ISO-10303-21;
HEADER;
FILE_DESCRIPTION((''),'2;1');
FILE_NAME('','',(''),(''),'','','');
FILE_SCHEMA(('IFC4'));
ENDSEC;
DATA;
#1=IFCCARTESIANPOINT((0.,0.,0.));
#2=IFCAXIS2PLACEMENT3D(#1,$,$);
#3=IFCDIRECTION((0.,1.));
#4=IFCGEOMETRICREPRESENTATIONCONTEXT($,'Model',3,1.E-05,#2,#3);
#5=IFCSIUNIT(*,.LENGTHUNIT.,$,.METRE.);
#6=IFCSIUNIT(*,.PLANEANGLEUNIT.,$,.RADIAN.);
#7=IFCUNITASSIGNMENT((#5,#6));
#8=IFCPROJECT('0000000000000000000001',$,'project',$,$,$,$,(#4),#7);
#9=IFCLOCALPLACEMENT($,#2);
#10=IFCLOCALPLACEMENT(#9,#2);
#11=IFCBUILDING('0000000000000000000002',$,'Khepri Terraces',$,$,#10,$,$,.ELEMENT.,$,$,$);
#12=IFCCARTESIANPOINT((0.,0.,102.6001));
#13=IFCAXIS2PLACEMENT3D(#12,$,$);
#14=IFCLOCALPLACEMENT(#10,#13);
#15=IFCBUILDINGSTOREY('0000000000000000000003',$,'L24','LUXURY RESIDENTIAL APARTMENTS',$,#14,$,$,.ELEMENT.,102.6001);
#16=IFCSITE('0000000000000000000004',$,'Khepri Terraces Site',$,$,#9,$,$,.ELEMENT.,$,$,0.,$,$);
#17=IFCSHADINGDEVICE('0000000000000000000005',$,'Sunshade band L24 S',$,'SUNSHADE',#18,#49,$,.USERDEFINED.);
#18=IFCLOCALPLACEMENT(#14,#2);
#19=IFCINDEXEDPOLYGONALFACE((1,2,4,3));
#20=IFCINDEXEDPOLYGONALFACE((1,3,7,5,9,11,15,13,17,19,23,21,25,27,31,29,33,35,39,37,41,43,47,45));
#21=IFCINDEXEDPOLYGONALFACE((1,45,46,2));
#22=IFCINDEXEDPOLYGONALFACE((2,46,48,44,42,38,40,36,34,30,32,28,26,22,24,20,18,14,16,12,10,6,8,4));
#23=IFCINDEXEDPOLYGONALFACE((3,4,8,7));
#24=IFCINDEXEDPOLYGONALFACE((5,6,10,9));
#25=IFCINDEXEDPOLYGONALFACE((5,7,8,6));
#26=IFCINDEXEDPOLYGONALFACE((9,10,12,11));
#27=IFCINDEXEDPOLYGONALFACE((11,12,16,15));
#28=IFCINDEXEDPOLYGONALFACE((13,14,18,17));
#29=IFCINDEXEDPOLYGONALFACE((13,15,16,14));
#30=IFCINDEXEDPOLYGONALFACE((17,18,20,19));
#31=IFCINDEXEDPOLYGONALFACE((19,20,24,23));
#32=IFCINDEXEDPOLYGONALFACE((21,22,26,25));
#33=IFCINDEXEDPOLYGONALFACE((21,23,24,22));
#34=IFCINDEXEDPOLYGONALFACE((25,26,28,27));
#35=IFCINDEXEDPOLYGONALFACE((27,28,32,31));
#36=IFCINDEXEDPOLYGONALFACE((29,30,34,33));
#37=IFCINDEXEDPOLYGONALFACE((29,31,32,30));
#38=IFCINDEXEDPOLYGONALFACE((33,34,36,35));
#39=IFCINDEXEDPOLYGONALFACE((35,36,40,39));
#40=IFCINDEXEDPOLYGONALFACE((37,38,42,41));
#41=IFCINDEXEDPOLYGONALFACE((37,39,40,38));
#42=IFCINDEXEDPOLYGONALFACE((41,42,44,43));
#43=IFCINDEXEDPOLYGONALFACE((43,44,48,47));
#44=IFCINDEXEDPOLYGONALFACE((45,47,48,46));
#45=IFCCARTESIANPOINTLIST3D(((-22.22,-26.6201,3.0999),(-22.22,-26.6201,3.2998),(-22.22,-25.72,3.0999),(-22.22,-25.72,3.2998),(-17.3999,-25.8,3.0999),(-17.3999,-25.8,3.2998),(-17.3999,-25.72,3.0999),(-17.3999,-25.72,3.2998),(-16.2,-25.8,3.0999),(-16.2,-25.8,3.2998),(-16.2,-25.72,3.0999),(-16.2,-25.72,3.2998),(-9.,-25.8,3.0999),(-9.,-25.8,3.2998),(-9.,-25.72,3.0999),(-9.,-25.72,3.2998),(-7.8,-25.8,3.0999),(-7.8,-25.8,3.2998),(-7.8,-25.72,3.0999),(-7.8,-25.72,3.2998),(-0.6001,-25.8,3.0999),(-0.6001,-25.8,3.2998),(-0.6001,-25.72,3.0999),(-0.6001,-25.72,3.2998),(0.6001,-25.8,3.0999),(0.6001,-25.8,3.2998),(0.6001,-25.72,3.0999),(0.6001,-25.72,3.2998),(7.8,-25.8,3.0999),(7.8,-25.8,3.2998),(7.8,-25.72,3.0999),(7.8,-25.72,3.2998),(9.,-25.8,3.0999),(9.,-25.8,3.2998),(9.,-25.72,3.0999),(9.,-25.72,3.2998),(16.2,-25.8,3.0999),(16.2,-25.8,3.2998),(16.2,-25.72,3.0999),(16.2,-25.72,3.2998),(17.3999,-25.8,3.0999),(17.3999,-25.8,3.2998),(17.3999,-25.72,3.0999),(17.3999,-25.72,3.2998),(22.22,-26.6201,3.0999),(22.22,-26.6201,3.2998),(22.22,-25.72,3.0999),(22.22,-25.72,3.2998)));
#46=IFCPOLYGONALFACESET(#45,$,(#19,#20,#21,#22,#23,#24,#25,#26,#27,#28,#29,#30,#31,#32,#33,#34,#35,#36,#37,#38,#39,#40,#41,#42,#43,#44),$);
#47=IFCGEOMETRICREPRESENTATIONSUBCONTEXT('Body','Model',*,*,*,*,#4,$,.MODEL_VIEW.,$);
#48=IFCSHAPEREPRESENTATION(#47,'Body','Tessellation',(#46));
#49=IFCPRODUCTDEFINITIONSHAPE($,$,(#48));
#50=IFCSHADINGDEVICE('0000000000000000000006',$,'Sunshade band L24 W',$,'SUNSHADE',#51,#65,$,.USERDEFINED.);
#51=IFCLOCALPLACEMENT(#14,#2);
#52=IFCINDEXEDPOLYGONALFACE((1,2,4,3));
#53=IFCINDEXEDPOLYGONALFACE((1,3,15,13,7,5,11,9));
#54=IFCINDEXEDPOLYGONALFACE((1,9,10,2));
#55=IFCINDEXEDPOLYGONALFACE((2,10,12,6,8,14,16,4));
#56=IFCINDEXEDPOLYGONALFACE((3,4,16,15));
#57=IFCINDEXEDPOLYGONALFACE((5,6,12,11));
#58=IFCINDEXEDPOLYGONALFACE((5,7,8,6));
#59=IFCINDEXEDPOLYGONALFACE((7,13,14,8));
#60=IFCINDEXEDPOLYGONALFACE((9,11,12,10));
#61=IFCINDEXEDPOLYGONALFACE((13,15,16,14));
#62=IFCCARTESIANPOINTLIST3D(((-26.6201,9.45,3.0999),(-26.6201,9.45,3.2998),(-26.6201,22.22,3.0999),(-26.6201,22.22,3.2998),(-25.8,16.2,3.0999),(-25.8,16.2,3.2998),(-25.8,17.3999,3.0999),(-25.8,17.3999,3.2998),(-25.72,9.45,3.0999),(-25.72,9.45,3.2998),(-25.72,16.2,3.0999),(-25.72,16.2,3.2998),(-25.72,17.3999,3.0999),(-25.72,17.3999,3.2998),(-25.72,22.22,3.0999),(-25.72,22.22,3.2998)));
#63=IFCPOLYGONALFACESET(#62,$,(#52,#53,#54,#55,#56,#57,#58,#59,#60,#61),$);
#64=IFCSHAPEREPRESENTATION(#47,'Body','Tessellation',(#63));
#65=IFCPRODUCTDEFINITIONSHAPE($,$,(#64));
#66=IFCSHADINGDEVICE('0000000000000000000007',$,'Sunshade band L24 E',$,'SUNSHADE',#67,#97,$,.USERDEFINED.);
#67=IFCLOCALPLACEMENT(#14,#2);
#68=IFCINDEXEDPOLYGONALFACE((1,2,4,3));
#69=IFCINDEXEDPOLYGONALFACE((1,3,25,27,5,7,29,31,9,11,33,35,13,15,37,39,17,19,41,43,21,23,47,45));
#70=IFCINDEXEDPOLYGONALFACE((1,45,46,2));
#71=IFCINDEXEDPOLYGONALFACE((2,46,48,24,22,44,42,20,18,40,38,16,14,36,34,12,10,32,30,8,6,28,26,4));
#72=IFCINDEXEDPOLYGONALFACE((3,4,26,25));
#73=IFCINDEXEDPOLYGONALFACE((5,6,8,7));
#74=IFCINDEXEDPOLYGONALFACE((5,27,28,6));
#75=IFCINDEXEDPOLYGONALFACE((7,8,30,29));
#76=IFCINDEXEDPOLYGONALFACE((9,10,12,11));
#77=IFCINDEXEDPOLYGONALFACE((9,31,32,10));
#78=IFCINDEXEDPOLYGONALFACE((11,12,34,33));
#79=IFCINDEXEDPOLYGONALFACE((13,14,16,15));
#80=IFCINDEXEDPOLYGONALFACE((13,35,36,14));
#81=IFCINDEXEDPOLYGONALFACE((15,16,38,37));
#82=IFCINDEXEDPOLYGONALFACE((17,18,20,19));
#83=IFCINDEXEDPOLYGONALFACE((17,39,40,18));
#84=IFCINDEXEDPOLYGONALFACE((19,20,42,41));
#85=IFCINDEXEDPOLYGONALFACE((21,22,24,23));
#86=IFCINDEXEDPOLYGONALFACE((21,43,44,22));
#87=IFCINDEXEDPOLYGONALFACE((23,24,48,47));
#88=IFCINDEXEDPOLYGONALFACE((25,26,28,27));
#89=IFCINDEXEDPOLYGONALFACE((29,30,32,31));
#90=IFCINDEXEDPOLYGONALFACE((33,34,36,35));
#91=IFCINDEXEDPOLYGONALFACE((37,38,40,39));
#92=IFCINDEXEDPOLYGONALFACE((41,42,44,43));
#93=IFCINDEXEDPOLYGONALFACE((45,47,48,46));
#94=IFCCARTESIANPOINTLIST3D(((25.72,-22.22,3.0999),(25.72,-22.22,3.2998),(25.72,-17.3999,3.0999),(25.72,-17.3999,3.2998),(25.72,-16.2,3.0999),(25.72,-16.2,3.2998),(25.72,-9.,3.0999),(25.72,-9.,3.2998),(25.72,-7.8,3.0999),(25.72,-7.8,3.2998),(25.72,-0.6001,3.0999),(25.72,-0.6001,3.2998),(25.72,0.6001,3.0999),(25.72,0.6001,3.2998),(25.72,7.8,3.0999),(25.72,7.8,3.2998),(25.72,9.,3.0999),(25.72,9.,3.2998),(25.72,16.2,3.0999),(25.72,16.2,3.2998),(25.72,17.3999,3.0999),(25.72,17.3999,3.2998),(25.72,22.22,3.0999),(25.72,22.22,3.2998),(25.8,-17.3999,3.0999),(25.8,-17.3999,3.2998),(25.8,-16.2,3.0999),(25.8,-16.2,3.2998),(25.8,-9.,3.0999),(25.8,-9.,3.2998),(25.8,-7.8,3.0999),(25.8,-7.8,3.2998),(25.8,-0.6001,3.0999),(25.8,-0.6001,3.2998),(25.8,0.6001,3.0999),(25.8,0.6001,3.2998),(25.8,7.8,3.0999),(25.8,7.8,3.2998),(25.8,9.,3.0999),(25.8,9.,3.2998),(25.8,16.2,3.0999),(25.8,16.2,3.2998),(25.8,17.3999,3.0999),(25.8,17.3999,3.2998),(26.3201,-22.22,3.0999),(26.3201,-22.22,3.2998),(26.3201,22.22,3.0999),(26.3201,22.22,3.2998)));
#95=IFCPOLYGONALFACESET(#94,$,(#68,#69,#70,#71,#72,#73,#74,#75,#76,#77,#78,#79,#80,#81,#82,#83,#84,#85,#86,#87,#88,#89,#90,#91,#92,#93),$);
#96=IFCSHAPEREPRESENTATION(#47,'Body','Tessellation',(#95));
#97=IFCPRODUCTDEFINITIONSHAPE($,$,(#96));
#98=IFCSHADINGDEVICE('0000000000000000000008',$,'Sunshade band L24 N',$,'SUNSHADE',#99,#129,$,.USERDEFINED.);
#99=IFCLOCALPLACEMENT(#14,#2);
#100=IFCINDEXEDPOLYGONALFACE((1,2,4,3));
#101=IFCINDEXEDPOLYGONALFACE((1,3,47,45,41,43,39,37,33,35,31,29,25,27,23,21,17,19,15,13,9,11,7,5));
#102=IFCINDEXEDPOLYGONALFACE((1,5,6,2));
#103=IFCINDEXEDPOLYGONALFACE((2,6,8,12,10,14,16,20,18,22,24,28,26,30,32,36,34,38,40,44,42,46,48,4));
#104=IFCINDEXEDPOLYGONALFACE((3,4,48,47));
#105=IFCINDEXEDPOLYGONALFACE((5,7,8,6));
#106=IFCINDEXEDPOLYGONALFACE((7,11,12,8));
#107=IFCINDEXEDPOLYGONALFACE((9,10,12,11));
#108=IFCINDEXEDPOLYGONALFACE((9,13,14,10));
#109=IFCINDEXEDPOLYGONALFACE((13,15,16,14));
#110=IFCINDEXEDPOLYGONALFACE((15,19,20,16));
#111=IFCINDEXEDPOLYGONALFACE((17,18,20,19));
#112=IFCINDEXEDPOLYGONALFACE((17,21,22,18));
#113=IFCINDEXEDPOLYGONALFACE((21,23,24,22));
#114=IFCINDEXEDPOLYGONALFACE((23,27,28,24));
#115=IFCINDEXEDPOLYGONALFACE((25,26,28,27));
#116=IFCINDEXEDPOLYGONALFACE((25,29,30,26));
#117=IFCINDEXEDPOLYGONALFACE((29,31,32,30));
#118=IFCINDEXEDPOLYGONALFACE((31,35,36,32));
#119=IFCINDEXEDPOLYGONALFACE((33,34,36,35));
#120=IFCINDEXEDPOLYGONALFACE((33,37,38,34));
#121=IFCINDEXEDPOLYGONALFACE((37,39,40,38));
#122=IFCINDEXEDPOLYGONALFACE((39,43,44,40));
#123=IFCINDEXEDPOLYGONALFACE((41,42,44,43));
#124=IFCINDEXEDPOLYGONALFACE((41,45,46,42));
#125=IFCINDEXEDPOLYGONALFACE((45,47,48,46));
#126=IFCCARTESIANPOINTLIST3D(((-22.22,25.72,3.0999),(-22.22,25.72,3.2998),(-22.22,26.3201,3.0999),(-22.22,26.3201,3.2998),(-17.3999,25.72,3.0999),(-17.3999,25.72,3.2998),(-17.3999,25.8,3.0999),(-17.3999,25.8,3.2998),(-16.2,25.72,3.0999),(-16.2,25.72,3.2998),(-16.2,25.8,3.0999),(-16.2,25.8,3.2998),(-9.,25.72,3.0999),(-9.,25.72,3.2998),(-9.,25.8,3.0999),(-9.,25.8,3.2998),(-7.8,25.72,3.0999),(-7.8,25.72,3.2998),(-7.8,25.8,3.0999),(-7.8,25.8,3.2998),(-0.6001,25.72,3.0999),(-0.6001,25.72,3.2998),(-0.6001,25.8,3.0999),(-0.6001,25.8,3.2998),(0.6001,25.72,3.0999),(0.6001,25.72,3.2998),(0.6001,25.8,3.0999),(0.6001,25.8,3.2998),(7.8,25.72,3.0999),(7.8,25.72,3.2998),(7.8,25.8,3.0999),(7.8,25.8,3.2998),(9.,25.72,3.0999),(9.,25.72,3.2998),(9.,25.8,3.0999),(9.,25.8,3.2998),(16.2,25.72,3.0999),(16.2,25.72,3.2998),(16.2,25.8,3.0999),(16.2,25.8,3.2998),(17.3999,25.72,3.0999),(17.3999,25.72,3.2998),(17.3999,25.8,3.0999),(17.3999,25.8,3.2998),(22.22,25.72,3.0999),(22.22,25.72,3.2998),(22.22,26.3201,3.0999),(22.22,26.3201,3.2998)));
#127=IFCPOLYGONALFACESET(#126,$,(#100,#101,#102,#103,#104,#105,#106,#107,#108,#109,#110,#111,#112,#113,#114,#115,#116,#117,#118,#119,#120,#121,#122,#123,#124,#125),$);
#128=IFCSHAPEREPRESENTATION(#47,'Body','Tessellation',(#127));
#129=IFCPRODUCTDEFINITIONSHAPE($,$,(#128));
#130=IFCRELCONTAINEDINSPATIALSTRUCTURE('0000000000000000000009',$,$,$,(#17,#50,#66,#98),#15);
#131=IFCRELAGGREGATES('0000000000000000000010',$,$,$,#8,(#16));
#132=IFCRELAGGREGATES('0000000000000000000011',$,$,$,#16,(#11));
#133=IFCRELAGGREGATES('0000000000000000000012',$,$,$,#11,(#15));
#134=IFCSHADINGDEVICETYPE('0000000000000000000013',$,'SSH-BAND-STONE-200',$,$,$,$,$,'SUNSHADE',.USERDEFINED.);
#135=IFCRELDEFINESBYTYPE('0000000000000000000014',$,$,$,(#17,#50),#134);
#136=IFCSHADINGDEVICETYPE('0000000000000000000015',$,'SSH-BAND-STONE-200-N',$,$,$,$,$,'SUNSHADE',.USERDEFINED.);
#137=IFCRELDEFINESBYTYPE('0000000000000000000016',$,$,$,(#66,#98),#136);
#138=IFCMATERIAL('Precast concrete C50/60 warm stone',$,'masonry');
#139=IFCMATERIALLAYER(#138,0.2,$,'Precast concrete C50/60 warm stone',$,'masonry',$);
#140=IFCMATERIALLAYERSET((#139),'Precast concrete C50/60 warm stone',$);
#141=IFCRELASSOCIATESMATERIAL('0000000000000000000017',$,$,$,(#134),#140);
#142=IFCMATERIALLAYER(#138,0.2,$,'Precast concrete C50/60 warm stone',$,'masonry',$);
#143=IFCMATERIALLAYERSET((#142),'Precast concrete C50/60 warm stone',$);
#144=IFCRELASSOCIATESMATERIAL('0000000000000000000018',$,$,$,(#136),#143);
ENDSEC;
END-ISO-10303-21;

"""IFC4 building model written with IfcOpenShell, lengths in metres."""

from ifc_helpers import new_model, si_unit, direction, frame, origin, place, context, subcontext, project, spatial, polyline, outline, extrude, material, layer, layer_set, type_object, element, save


model = new_model("IFC4")

# Units and contexts
model_context = context("Model", 3, precision=1e-05, world=origin(), true_north=direction((0.0, 1.0)))
body_context = subcontext(model_context, "Body", "Model", "MODEL_VIEW")
ifc_project = project(units=[si_unit("LENGTHUNIT", "METRE"), si_unit("PLANEANGLEUNIT", "RADIAN")], contexts=[model_context])

# Site, building, storey
site_placement = place(None, origin())
site = spatial("IfcSite", under=ifc_project, at=site_placement, Name="Khepri Terraces Site", CompositionType="ELEMENT", RefElevation=0.0)
building_placement = place(site_placement, origin())
building = spatial("IfcBuilding", under=site, at=building_placement, Name="Khepri Terraces", CompositionType="ELEMENT")
storey_placement = place(building_placement, frame((0.0, 0.0, 102.6001)))
storey = spatial("IfcBuildingStorey", under=building, at=storey_placement, Name="L24", Description="LUXURY RESIDENTIAL APARTMENTS", CompositionType="ELEMENT", Elevation=102.6001)

# Shared definitions
ifc_material_1 = material(Name="Precast concrete C50/60 warm stone", Category="masonry")

# Shading devices
ifc_layer_1 = layer(ifc_material_1, 0.2, Name="Precast concrete C50/60 warm stone", Category="masonry")
ifc_layer_set_1 = layer_set([ifc_layer_1], Name="Precast concrete C50/60 warm stone")
shading_device_type_1 = type_object("IfcShadingDeviceType", Name="SSH-BAND-STONE-200", ElementType="SUNSHADE", PredefinedType="USERDEFINED", material=ifc_layer_set_1)
shading_device_1_placement = place(storey_placement, frame((0.0, 0.0, 3.0999)))
element("IfcShadingDevice", 1, at=shading_device_1_placement, inside=storey, type_object=shading_device_type_1, Name="Sunshade band L24 S", ObjectType="SUNSHADE", PredefinedType="USERDEFINED", context=body_context, shape_type="SweptSolid", body=[
    extrude(outline(polyline([(-17.3999, -25.72), (-22.22, -25.72), (-22.22, -26.6201), (22.22, -26.6201), (22.22, -25.72), (17.3999, -25.72), (17.3999, -25.8), (16.2, -25.8), (16.2, -25.72), (9.0, -25.72), (9.0, -25.8), (7.8, -25.8), (7.8, -25.72), (0.6001, -25.72), (0.6001, -25.8), (-0.6001, -25.8), (-0.6001, -25.72), (-7.8, -25.72), (-7.8, -25.8), (-9.0, -25.8), (-9.0, -25.72), (-16.2, -25.72), (-16.2, -25.8), (-17.3999, -25.8), (-17.3999, -25.72)])), origin(), (0.0, 0.0, 1.0), 0.2),
])
shading_device_2_placement = place(storey_placement, frame((0.0, 0.0, 3.0999)))
element("IfcShadingDevice", 2, at=shading_device_2_placement, inside=storey, type_object=shading_device_type_1, Name="Sunshade band L24 W", ObjectType="SUNSHADE", PredefinedType="USERDEFINED", context=body_context, shape_type="SweptSolid", body=[
    extrude(outline(polyline([(-25.72, 17.3999), (-25.72, 22.22), (-26.6201, 22.22), (-26.6201, 9.45), (-25.72, 9.45), (-25.72, 16.2), (-25.8, 16.2), (-25.8, 17.3999), (-25.72, 17.3999)])), origin(), (0.0, 0.0, 1.0), 0.2),
])
ifc_layer_2 = layer(ifc_material_1, 0.2, Name="Precast concrete C50/60 warm stone", Category="masonry")
ifc_layer_set_2 = layer_set([ifc_layer_2], Name="Precast concrete C50/60 warm stone")
shading_device_type_2 = type_object("IfcShadingDeviceType", Name="SSH-BAND-STONE-200-N", ElementType="SUNSHADE", PredefinedType="USERDEFINED", material=ifc_layer_set_2)
shading_device_3_placement = place(storey_placement, frame((0.0, 0.0, 3.0999)))
element("IfcShadingDevice", 3, at=shading_device_3_placement, inside=storey, type_object=shading_device_type_2, Name="Sunshade band L24 E", ObjectType="SUNSHADE", PredefinedType="USERDEFINED", context=body_context, shape_type="SweptSolid", body=[
    extrude(outline(polyline([(25.72, -17.3999), (25.72, -22.22), (26.3201, -22.22), (26.3201, 22.22), (25.72, 22.22), (25.72, 17.3999), (25.8, 17.3999), (25.8, 16.2), (25.72, 16.2), (25.72, 9.0), (25.8, 9.0), (25.8, 7.8), (25.72, 7.8), (25.72, 0.6001), (25.8, 0.6001), (25.8, -0.6001), (25.72, -0.6001), (25.72, -7.8), (25.8, -7.8), (25.8, -9.0), (25.72, -9.0), (25.72, -16.2), (25.8, -16.2), (25.8, -17.3999), (25.72, -17.3999)])), origin(), (0.0, 0.0, 1.0), 0.2),
])
shading_device_4_placement = place(storey_placement, frame((0.0, 0.0, 3.0999)))
element("IfcShadingDevice", 4, at=shading_device_4_placement, inside=storey, type_object=shading_device_type_2, Name="Sunshade band L24 N", ObjectType="SUNSHADE", PredefinedType="USERDEFINED", context=body_context, shape_type="SweptSolid", body=[
    extrude(outline(polyline([(17.3999, 25.72), (22.22, 25.72), (22.22, 26.3201), (-22.22, 26.3201), (-22.22, 25.72), (-17.3999, 25.72), (-17.3999, 25.8), (-16.2, 25.8), (-16.2, 25.72), (-9.0, 25.72), (-9.0, 25.8), (-7.8, 25.8), (-7.8, 25.72), (-0.6001, 25.72), (-0.6001, 25.8), (0.6001, 25.8), (0.6001, 25.72), (7.8, 25.72), (7.8, 25.8), (9.0, 25.8), (9.0, 25.72), (16.2, 25.72), (16.2, 25.8), (17.3999, 25.8), (17.3999, 25.72)])), origin(), (0.0, 0.0, 1.0), 0.2),
])

save(model, "model.ifc")
